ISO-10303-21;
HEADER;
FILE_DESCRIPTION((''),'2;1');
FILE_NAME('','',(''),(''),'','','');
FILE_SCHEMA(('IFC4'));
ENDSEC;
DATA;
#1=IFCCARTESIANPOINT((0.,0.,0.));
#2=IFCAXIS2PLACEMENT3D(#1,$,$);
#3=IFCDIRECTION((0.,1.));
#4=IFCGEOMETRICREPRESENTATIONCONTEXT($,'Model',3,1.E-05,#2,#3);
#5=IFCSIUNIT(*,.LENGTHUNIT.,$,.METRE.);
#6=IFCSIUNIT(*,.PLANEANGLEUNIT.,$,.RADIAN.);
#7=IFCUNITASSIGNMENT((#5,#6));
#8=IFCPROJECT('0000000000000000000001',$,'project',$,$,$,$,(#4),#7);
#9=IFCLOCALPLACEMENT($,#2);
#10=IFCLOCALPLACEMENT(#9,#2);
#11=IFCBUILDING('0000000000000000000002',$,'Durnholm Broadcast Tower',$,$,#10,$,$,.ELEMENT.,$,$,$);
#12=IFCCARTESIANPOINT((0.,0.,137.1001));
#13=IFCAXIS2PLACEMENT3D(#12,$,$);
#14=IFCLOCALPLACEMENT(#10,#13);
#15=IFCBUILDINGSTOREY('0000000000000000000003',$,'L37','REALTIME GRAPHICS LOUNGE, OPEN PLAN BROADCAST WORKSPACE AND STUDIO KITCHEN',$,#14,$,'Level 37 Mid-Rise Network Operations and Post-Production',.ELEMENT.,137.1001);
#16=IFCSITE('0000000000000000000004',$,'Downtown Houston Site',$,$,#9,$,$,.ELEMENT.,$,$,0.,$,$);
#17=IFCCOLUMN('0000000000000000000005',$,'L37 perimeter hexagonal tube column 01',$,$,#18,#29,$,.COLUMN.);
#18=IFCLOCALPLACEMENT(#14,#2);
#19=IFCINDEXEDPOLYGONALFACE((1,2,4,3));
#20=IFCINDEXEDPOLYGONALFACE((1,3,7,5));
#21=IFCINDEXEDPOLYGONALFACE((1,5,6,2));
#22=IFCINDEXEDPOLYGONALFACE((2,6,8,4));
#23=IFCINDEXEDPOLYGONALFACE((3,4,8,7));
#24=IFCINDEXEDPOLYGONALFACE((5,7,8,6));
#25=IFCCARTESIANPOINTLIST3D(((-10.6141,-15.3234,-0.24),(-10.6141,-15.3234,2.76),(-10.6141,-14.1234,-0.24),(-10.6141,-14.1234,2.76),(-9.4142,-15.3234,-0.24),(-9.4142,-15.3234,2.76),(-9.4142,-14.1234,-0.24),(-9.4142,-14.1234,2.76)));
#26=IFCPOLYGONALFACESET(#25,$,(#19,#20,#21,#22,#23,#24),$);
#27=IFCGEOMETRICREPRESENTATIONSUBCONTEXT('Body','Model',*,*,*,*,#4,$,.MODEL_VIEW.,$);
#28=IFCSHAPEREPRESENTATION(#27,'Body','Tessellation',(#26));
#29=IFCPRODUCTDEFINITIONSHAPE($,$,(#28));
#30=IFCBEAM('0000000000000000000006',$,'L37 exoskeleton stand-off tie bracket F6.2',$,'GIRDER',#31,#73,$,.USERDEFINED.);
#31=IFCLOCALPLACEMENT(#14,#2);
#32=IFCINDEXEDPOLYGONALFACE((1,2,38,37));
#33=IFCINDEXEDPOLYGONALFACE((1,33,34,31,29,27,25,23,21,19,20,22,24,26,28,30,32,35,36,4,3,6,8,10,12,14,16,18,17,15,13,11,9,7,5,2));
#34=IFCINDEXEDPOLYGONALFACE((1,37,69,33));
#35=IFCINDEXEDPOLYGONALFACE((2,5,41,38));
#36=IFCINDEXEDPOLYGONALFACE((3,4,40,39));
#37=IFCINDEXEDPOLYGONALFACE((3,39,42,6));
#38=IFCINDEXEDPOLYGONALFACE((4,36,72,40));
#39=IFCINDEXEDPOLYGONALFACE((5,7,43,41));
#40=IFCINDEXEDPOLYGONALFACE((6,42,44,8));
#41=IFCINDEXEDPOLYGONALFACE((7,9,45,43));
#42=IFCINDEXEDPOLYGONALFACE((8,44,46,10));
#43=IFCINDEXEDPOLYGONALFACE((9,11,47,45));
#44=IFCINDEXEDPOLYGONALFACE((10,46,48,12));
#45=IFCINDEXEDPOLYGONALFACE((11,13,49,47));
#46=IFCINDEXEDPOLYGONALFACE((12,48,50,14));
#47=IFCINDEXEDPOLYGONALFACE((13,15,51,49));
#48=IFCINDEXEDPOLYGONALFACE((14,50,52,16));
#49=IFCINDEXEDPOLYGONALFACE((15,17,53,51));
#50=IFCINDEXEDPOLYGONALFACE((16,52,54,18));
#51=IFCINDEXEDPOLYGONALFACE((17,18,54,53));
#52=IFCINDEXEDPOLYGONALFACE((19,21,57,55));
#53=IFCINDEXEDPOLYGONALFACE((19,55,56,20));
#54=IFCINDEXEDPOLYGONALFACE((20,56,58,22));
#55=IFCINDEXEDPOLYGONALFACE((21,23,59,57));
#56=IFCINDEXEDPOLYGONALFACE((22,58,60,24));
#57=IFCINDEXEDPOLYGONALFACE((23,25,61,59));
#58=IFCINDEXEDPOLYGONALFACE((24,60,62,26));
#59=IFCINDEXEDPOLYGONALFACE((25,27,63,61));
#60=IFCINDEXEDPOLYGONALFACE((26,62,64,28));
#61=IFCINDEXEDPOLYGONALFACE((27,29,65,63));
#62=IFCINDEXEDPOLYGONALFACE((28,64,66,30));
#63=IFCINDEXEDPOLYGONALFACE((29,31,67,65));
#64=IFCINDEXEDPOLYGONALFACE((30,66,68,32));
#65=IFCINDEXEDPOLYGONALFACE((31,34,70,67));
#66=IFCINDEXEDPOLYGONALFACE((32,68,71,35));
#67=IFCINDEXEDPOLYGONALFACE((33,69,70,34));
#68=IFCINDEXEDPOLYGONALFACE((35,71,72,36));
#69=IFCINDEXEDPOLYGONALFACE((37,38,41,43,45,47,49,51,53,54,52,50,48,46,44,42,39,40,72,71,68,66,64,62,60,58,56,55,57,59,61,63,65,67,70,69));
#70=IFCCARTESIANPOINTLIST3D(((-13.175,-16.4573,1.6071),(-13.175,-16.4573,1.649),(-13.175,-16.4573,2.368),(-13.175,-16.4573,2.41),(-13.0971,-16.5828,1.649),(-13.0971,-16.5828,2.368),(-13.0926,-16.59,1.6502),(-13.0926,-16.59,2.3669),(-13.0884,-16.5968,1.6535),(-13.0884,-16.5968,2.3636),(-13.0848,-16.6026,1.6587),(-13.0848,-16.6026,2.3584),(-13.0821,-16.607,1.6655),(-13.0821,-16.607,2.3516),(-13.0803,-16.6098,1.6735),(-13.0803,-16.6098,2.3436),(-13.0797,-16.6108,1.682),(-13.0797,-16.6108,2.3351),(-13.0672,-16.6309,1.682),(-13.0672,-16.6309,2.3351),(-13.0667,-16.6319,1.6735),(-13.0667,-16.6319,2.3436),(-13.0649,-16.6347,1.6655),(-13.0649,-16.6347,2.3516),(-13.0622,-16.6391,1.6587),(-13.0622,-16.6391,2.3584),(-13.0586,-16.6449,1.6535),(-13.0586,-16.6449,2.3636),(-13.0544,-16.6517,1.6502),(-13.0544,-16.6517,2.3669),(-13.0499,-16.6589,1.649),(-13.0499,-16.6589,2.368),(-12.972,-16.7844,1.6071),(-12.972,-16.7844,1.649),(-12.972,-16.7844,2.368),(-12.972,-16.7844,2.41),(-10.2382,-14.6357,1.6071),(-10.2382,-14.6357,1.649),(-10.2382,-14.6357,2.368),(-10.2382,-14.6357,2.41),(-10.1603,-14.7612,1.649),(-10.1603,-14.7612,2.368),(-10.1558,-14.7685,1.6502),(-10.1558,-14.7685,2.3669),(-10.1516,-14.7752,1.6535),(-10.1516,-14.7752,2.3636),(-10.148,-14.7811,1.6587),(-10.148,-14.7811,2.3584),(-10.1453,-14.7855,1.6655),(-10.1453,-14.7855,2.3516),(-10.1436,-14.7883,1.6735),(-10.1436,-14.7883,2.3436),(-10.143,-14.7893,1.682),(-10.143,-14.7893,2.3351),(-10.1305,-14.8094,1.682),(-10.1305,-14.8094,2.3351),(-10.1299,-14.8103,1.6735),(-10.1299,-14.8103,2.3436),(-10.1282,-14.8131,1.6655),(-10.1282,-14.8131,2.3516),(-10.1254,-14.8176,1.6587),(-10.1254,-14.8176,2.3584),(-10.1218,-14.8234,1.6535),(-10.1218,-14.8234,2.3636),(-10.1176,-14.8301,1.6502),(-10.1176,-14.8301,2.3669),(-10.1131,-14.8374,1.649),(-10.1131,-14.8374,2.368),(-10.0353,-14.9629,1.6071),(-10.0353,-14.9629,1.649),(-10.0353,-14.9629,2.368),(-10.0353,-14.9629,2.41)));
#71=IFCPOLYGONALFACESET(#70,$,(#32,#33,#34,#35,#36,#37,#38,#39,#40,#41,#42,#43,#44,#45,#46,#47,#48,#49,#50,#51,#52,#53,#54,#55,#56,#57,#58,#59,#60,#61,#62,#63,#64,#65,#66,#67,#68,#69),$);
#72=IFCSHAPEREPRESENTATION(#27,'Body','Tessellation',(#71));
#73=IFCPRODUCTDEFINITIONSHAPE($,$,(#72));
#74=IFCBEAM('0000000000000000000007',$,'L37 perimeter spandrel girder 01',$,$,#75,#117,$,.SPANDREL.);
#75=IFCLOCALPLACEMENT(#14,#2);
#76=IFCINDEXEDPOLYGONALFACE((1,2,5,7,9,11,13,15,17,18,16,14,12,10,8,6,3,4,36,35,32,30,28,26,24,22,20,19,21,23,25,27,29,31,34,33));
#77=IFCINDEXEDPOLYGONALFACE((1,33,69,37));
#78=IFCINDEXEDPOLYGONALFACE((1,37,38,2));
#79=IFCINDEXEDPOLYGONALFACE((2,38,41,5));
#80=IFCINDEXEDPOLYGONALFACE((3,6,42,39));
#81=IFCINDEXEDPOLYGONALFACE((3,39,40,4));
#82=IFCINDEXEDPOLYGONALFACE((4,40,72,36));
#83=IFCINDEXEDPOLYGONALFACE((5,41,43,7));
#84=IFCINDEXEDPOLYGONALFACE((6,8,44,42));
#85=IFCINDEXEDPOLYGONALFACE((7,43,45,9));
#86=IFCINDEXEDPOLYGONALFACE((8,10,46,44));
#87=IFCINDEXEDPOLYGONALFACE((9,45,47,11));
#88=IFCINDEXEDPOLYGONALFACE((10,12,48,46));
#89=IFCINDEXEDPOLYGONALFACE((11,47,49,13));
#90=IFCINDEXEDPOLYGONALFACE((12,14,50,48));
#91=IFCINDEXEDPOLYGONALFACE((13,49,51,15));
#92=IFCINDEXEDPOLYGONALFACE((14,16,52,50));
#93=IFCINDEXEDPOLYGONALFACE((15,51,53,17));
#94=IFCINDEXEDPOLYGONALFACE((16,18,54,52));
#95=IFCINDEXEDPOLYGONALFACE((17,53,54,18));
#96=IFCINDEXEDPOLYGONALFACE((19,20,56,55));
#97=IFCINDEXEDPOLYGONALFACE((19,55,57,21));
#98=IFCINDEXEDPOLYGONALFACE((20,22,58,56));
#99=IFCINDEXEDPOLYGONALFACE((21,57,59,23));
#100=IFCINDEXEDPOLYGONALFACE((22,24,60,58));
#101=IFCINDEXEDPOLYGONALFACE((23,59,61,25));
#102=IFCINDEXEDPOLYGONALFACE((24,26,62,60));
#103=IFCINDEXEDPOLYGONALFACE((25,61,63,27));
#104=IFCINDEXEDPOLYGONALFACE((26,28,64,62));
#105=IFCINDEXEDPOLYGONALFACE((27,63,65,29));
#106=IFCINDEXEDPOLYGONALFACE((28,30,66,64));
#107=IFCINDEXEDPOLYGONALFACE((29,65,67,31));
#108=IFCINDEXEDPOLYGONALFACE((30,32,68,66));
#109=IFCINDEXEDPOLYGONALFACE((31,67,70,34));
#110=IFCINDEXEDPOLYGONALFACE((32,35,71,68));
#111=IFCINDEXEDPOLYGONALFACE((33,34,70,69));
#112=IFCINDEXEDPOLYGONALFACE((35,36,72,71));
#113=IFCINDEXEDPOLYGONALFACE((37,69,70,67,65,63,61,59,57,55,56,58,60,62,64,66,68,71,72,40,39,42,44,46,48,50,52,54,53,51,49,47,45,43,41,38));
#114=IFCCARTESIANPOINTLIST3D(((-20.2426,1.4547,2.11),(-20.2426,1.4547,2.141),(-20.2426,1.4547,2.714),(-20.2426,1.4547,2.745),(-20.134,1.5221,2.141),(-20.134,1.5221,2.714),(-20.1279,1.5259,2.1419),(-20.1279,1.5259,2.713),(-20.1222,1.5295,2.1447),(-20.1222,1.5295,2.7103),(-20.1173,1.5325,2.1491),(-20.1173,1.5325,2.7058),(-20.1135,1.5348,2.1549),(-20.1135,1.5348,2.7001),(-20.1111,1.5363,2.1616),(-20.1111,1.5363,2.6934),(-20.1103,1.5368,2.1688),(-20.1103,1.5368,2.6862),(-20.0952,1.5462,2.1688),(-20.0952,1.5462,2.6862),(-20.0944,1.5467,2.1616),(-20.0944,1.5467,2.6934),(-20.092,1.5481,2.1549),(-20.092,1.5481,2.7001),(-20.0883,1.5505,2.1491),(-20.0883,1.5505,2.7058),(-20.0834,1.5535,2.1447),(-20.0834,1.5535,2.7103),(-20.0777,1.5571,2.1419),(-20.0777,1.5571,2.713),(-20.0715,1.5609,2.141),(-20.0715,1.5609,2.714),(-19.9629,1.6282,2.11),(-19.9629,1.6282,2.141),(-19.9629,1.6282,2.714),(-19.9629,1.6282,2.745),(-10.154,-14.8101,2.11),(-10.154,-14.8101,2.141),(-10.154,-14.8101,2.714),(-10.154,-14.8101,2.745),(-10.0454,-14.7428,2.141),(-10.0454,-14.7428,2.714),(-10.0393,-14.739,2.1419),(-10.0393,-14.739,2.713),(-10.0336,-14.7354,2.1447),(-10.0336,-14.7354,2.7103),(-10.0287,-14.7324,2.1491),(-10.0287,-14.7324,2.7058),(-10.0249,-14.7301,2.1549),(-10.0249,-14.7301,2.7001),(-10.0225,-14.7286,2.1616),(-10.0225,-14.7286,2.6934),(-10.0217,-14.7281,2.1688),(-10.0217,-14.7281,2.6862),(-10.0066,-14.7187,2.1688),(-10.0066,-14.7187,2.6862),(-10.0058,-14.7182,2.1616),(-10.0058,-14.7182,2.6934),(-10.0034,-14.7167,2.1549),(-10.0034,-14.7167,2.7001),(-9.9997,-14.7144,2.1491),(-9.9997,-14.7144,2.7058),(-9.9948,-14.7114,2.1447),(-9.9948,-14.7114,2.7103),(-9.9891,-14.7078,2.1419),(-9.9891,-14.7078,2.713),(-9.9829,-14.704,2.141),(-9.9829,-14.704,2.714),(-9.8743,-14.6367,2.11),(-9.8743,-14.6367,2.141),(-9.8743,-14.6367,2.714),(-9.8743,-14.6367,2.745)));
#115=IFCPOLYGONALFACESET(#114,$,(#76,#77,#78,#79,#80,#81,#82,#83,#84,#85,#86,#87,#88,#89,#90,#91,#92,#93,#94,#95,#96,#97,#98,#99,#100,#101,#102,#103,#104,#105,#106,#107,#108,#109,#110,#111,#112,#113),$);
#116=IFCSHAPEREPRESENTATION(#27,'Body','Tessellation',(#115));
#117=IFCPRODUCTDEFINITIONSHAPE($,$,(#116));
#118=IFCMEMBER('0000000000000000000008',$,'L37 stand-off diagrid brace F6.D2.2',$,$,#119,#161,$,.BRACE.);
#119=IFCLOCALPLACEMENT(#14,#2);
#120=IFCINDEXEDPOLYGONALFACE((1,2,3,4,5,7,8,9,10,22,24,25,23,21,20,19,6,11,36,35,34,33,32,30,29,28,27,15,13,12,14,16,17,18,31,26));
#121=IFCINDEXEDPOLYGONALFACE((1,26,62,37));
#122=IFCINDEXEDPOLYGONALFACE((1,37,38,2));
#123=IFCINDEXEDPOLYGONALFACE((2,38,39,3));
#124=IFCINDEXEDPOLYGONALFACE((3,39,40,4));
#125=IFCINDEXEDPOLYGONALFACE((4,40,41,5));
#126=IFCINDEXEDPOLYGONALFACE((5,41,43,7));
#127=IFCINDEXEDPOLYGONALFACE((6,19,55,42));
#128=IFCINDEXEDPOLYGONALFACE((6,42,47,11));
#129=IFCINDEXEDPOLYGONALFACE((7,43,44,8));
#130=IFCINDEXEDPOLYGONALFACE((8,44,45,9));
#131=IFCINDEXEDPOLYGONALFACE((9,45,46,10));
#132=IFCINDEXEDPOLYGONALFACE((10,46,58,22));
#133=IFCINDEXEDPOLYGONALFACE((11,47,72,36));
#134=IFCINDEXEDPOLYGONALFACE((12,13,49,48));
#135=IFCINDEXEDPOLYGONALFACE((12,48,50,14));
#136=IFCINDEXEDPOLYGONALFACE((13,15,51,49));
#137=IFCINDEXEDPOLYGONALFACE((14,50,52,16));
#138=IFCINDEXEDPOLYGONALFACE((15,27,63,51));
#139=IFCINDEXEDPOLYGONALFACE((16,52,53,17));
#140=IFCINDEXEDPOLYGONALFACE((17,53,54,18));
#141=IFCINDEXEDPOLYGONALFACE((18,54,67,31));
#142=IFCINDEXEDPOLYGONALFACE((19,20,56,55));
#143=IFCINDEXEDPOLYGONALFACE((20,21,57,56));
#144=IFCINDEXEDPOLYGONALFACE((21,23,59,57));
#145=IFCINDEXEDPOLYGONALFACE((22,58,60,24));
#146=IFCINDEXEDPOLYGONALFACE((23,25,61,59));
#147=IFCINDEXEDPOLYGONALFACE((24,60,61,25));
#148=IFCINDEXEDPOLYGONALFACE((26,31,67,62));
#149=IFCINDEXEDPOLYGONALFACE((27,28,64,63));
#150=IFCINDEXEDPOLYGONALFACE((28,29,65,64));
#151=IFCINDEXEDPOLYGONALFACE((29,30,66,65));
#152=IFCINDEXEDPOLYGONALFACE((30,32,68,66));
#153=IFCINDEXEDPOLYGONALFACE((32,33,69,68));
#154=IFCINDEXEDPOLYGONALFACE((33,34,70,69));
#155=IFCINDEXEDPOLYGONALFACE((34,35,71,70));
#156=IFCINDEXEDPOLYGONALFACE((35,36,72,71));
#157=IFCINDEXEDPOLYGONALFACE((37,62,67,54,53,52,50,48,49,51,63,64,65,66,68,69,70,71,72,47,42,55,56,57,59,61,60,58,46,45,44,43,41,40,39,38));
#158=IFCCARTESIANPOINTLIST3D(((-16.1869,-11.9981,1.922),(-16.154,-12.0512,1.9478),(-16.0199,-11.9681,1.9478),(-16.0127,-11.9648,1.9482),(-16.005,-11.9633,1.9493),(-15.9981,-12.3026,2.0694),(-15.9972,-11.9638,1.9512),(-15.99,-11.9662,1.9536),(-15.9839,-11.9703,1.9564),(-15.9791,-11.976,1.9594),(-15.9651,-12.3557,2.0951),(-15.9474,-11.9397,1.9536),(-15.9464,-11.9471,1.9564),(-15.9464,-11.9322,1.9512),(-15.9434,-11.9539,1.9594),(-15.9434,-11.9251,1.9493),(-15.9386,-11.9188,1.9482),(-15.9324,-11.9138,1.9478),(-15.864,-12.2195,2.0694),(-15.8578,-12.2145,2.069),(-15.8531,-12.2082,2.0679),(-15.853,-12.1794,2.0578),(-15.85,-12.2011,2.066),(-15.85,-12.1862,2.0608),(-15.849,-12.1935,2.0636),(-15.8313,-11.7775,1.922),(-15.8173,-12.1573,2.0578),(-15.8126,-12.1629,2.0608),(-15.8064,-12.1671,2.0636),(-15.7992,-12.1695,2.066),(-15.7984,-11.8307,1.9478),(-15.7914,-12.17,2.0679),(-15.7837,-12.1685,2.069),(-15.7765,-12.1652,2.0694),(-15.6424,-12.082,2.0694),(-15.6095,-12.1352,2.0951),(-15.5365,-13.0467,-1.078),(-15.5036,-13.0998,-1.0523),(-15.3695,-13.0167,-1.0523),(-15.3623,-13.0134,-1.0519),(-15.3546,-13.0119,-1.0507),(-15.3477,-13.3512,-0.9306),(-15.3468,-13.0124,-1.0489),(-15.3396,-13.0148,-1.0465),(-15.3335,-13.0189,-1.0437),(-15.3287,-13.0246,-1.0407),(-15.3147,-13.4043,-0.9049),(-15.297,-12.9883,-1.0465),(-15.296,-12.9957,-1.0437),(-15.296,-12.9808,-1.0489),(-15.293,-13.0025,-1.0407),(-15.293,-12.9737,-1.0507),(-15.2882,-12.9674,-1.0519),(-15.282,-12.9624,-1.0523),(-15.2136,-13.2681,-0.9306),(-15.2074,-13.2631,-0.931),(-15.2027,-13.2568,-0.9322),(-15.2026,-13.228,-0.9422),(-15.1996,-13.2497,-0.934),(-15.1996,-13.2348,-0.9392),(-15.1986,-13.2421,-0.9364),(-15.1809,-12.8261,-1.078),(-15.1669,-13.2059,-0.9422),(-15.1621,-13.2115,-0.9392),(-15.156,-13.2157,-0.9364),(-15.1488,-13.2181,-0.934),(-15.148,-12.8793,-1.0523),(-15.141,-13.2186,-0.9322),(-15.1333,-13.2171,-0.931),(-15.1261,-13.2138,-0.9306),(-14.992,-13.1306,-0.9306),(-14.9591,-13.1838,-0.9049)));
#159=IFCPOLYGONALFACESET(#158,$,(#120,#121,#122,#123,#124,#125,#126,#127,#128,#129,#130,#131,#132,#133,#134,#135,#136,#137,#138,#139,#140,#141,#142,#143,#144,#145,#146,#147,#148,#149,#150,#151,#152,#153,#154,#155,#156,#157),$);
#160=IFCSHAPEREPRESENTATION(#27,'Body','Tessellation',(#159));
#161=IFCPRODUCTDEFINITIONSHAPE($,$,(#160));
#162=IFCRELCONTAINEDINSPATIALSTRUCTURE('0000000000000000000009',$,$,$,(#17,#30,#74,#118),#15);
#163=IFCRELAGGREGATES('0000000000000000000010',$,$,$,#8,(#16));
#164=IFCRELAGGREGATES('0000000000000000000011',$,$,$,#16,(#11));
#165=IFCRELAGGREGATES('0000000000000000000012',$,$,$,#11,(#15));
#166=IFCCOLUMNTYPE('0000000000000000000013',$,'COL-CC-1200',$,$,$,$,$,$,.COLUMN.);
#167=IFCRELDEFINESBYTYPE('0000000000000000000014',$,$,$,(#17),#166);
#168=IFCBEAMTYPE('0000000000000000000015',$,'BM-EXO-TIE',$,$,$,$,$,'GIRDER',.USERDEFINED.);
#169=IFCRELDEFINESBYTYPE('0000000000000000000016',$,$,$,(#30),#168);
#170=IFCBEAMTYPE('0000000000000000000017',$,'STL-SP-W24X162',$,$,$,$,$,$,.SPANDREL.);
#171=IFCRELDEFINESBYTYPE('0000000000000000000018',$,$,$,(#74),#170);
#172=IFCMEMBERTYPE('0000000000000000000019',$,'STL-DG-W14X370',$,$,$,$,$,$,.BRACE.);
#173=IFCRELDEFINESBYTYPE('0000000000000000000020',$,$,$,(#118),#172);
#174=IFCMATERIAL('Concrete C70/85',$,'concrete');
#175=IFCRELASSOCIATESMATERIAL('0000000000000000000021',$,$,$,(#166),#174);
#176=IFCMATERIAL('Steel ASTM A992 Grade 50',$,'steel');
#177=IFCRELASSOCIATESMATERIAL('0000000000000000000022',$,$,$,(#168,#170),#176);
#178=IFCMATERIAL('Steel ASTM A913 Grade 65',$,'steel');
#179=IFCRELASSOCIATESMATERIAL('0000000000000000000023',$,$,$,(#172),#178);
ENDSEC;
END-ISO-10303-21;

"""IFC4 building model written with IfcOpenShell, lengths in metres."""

from ifc_helpers import new_model, si_unit, direction, frame, origin, origin_2d, place, context, subcontext, project, spatial, rectangle, i_section, extrude, source, transform, mapped, material, material_profile, profile_set, type_object, type_shapes, element, save


model = new_model("IFC4")

# Units and contexts
model_context = context("Model", 3, precision=1e-05, world=origin(), true_north=direction((0.0, 1.0)))
body_context = subcontext(model_context, "Body", "Model", "MODEL_VIEW")
ifc_project = project(units=[si_unit("LENGTHUNIT", "METRE"), si_unit("PLANEANGLEUNIT", "RADIAN")], contexts=[model_context])

# Site, building, storey
site_placement = place(None, origin())
site = spatial("IfcSite", under=ifc_project, at=site_placement, Name="Downtown Houston Site", CompositionType="ELEMENT", RefElevation=0.0)
building_placement = place(site_placement, origin())
building = spatial("IfcBuilding", under=site, at=building_placement, Name="Durnholm Broadcast Tower", CompositionType="ELEMENT")
storey_placement = place(building_placement, frame((0.0, 0.0, 137.1001)))
storey = spatial("IfcBuildingStorey", under=building, at=storey_placement, Name="L37", Description="REALTIME GRAPHICS LOUNGE, OPEN PLAN BROADCAST WORKSPACE AND STUDIO KITCHEN", LongName="Level 37 Mid-Rise Network Operations and Post-Production", CompositionType="ELEMENT", Elevation=137.1001)

# Column
ifc_material_1 = material(Name="Concrete C70/85", Category="concrete")
ifc_material_profile_1 = material_profile(ifc_material_1, rectangle(XDim=1.2, YDim=1.2, at=origin_2d()), Name="RC1200X1200")
ifc_profile_set_1 = profile_set([ifc_material_profile_1], Name="Concrete C70/85")
column_type = type_object("IfcColumnType", Name="COL-CC-1200", PredefinedType="COLUMN", material=ifc_profile_set_1)
shared_shape_1 = source(origin(), body_context, "Body", "SweptSolid", [
    extrude(rectangle(XDim=1.2, YDim=1.2, at=origin_2d()), origin(), (0.0, 0.0, 1.0), 3.0),
])
type_shapes(column_type, [shared_shape_1])
column_placement = place(storey_placement, frame((-10.0142, -14.7234, -0.24), z_axis=(0.0, 0.0, 1.0), x_axis=(1.0, 0.0, 0.0)))
element("IfcColumn", 1, at=column_placement, inside=storey, type_object=column_type, Name="L37 perimeter hexagonal tube column 01", PredefinedType="COLUMN", context=body_context, shape_type="MappedRepresentation", body=[
    mapped(shared_shape_1, transform((0.0, 0.0, 0.0), x_axis=(1.0, 0.0, 0.0), y_axis=(0.0, 1.0, 0.0), z_axis=(0.0, 0.0, 1.0), scale=1.0)),
])

# Beams
ifc_material_2 = material(Name="Steel ASTM A992 Grade 50", Category="steel")
ifc_material_profile_2 = material_profile(ifc_material_2, i_section(OverallWidth=0.385, OverallDepth=0.803, WebThickness=0.0237, FlangeThickness=0.042, FilletRadius=0.033, at=origin_2d()), Name="W30X261")
ifc_profile_set_2 = profile_set([ifc_material_profile_2], Name="Steel ASTM A992 Grade 50")
beam_type_1 = type_object("IfcBeamType", Name="BM-EXO-TIE", ElementType="GIRDER", PredefinedType="USERDEFINED", material=ifc_profile_set_2)
shared_shape_2 = source(origin(), body_context, "Body", "SweptSolid", [
    extrude(i_section(OverallWidth=0.385, OverallDepth=0.803, WebThickness=0.0237, FlangeThickness=0.042, FilletRadius=0.033, at=origin_2d()), origin(), (0.0, 0.0, 1.0), 3.4558),
])
type_shapes(beam_type_1, [shared_shape_2])
beam_1_placement = place(storey_placement, frame((-10.1367, -14.7993, 2.0085), z_axis=(-0.849807, -0.527094, 0.0), x_axis=(0.527094, -0.849807, 0.0)))
element("IfcBeam", 2, at=beam_1_placement, inside=storey, type_object=beam_type_1, Name="L37 exoskeleton stand-off tie bracket F6.2", ObjectType="GIRDER", PredefinedType="USERDEFINED", context=body_context, shape_type="MappedRepresentation", body=[
    mapped(shared_shape_2, transform((0.0, 0.0, 0.0), x_axis=(1.0, 0.0, 0.0), y_axis=(0.0, 1.0, 0.0), z_axis=(0.0, 0.0, 1.0), scale=1.0)),
])
ifc_material_profile_3 = material_profile(ifc_material_2, i_section(OverallWidth=0.3291, OverallDepth=0.635, WebThickness=0.0178, FlangeThickness=0.031, FilletRadius=0.0278, at=origin_2d()), Name="W24X162")
ifc_profile_set_3 = profile_set([ifc_material_profile_3], Name="Steel ASTM A992 Grade 50")
beam_type_2 = type_object("IfcBeamType", Name="STL-SP-W24X162", PredefinedType="SPANDREL", material=ifc_profile_set_3)
shared_shape_3 = source(origin(), body_context, "Body", "SweptSolid", [
    extrude(i_section(OverallWidth=0.3291, OverallDepth=0.635, WebThickness=0.0178, FlangeThickness=0.031, FilletRadius=0.0278, at=origin_2d()), origin(), (0.0, 0.0, 1.0), 19.1396),
])
type_shapes(beam_type_2, [shared_shape_3])
beam_2_placement = place(storey_placement, frame((-10.0142, -14.7234, 2.4275), z_axis=(-0.527105, 0.8498, 0.0), x_axis=(-0.8498, -0.527105, 0.0)))
element("IfcBeam", 3, at=beam_2_placement, inside=storey, type_object=beam_type_2, Name="L37 perimeter spandrel girder 01", PredefinedType="SPANDREL", context=body_context, shape_type="MappedRepresentation", body=[
    mapped(shared_shape_3, transform((0.0, 0.0, 0.0), x_axis=(1.0, 0.0, 0.0), y_axis=(0.0, 1.0, 0.0), z_axis=(0.0, 0.0, 1.0), scale=1.0)),
])

# Member
ifc_material_3 = material(Name="Steel ASTM A913 Grade 65", Category="steel")
ifc_material_profile_4 = material_profile(ifc_material_3, i_section(OverallWidth=0.4185, OverallDepth=0.4551, WebThickness=0.042, FlangeThickness=0.0676, FilletRadius=0.0305, at=origin_2d()), Name="W14X370")
ifc_profile_set_4 = profile_set([ifc_material_profile_4], Name="Steel ASTM A913 Grade 65")
member_type_1 = type_object("IfcMemberType", Name="STL-DG-W14X370", PredefinedType="BRACE", material=ifc_profile_set_4)
shared_shape_4 = source(origin(), body_context, "Body", "SweptSolid", [
    extrude(i_section(OverallWidth=0.4185, OverallDepth=0.4551, WebThickness=0.042, FlangeThickness=0.0676, FilletRadius=0.0305, at=origin_2d()), origin(), (0.0, 0.0, 1.0), 3.2439),
])
member_1_placement = place(storey_placement, frame((-15.2478, -13.1152, -0.9915), z_axis=(-0.2005, 0.323253, 0.924828), x_axis=(-0.849805, -0.527097, 0.0)))
element("IfcMember", 4, at=member_1_placement, inside=storey, type_object=member_type_1, Name="L37 stand-off diagrid brace F6.D2.2", PredefinedType="BRACE", context=body_context, shape_type="MappedRepresentation", body=[
    mapped(shared_shape_4, transform((0.0, 0.0, 0.0), x_axis=(1.0, 0.0, 0.0), y_axis=(0.0, 1.0, 0.0), z_axis=(0.0, 0.0, 1.0), scale=1.0)),
])

save(model, "model.ifc")
